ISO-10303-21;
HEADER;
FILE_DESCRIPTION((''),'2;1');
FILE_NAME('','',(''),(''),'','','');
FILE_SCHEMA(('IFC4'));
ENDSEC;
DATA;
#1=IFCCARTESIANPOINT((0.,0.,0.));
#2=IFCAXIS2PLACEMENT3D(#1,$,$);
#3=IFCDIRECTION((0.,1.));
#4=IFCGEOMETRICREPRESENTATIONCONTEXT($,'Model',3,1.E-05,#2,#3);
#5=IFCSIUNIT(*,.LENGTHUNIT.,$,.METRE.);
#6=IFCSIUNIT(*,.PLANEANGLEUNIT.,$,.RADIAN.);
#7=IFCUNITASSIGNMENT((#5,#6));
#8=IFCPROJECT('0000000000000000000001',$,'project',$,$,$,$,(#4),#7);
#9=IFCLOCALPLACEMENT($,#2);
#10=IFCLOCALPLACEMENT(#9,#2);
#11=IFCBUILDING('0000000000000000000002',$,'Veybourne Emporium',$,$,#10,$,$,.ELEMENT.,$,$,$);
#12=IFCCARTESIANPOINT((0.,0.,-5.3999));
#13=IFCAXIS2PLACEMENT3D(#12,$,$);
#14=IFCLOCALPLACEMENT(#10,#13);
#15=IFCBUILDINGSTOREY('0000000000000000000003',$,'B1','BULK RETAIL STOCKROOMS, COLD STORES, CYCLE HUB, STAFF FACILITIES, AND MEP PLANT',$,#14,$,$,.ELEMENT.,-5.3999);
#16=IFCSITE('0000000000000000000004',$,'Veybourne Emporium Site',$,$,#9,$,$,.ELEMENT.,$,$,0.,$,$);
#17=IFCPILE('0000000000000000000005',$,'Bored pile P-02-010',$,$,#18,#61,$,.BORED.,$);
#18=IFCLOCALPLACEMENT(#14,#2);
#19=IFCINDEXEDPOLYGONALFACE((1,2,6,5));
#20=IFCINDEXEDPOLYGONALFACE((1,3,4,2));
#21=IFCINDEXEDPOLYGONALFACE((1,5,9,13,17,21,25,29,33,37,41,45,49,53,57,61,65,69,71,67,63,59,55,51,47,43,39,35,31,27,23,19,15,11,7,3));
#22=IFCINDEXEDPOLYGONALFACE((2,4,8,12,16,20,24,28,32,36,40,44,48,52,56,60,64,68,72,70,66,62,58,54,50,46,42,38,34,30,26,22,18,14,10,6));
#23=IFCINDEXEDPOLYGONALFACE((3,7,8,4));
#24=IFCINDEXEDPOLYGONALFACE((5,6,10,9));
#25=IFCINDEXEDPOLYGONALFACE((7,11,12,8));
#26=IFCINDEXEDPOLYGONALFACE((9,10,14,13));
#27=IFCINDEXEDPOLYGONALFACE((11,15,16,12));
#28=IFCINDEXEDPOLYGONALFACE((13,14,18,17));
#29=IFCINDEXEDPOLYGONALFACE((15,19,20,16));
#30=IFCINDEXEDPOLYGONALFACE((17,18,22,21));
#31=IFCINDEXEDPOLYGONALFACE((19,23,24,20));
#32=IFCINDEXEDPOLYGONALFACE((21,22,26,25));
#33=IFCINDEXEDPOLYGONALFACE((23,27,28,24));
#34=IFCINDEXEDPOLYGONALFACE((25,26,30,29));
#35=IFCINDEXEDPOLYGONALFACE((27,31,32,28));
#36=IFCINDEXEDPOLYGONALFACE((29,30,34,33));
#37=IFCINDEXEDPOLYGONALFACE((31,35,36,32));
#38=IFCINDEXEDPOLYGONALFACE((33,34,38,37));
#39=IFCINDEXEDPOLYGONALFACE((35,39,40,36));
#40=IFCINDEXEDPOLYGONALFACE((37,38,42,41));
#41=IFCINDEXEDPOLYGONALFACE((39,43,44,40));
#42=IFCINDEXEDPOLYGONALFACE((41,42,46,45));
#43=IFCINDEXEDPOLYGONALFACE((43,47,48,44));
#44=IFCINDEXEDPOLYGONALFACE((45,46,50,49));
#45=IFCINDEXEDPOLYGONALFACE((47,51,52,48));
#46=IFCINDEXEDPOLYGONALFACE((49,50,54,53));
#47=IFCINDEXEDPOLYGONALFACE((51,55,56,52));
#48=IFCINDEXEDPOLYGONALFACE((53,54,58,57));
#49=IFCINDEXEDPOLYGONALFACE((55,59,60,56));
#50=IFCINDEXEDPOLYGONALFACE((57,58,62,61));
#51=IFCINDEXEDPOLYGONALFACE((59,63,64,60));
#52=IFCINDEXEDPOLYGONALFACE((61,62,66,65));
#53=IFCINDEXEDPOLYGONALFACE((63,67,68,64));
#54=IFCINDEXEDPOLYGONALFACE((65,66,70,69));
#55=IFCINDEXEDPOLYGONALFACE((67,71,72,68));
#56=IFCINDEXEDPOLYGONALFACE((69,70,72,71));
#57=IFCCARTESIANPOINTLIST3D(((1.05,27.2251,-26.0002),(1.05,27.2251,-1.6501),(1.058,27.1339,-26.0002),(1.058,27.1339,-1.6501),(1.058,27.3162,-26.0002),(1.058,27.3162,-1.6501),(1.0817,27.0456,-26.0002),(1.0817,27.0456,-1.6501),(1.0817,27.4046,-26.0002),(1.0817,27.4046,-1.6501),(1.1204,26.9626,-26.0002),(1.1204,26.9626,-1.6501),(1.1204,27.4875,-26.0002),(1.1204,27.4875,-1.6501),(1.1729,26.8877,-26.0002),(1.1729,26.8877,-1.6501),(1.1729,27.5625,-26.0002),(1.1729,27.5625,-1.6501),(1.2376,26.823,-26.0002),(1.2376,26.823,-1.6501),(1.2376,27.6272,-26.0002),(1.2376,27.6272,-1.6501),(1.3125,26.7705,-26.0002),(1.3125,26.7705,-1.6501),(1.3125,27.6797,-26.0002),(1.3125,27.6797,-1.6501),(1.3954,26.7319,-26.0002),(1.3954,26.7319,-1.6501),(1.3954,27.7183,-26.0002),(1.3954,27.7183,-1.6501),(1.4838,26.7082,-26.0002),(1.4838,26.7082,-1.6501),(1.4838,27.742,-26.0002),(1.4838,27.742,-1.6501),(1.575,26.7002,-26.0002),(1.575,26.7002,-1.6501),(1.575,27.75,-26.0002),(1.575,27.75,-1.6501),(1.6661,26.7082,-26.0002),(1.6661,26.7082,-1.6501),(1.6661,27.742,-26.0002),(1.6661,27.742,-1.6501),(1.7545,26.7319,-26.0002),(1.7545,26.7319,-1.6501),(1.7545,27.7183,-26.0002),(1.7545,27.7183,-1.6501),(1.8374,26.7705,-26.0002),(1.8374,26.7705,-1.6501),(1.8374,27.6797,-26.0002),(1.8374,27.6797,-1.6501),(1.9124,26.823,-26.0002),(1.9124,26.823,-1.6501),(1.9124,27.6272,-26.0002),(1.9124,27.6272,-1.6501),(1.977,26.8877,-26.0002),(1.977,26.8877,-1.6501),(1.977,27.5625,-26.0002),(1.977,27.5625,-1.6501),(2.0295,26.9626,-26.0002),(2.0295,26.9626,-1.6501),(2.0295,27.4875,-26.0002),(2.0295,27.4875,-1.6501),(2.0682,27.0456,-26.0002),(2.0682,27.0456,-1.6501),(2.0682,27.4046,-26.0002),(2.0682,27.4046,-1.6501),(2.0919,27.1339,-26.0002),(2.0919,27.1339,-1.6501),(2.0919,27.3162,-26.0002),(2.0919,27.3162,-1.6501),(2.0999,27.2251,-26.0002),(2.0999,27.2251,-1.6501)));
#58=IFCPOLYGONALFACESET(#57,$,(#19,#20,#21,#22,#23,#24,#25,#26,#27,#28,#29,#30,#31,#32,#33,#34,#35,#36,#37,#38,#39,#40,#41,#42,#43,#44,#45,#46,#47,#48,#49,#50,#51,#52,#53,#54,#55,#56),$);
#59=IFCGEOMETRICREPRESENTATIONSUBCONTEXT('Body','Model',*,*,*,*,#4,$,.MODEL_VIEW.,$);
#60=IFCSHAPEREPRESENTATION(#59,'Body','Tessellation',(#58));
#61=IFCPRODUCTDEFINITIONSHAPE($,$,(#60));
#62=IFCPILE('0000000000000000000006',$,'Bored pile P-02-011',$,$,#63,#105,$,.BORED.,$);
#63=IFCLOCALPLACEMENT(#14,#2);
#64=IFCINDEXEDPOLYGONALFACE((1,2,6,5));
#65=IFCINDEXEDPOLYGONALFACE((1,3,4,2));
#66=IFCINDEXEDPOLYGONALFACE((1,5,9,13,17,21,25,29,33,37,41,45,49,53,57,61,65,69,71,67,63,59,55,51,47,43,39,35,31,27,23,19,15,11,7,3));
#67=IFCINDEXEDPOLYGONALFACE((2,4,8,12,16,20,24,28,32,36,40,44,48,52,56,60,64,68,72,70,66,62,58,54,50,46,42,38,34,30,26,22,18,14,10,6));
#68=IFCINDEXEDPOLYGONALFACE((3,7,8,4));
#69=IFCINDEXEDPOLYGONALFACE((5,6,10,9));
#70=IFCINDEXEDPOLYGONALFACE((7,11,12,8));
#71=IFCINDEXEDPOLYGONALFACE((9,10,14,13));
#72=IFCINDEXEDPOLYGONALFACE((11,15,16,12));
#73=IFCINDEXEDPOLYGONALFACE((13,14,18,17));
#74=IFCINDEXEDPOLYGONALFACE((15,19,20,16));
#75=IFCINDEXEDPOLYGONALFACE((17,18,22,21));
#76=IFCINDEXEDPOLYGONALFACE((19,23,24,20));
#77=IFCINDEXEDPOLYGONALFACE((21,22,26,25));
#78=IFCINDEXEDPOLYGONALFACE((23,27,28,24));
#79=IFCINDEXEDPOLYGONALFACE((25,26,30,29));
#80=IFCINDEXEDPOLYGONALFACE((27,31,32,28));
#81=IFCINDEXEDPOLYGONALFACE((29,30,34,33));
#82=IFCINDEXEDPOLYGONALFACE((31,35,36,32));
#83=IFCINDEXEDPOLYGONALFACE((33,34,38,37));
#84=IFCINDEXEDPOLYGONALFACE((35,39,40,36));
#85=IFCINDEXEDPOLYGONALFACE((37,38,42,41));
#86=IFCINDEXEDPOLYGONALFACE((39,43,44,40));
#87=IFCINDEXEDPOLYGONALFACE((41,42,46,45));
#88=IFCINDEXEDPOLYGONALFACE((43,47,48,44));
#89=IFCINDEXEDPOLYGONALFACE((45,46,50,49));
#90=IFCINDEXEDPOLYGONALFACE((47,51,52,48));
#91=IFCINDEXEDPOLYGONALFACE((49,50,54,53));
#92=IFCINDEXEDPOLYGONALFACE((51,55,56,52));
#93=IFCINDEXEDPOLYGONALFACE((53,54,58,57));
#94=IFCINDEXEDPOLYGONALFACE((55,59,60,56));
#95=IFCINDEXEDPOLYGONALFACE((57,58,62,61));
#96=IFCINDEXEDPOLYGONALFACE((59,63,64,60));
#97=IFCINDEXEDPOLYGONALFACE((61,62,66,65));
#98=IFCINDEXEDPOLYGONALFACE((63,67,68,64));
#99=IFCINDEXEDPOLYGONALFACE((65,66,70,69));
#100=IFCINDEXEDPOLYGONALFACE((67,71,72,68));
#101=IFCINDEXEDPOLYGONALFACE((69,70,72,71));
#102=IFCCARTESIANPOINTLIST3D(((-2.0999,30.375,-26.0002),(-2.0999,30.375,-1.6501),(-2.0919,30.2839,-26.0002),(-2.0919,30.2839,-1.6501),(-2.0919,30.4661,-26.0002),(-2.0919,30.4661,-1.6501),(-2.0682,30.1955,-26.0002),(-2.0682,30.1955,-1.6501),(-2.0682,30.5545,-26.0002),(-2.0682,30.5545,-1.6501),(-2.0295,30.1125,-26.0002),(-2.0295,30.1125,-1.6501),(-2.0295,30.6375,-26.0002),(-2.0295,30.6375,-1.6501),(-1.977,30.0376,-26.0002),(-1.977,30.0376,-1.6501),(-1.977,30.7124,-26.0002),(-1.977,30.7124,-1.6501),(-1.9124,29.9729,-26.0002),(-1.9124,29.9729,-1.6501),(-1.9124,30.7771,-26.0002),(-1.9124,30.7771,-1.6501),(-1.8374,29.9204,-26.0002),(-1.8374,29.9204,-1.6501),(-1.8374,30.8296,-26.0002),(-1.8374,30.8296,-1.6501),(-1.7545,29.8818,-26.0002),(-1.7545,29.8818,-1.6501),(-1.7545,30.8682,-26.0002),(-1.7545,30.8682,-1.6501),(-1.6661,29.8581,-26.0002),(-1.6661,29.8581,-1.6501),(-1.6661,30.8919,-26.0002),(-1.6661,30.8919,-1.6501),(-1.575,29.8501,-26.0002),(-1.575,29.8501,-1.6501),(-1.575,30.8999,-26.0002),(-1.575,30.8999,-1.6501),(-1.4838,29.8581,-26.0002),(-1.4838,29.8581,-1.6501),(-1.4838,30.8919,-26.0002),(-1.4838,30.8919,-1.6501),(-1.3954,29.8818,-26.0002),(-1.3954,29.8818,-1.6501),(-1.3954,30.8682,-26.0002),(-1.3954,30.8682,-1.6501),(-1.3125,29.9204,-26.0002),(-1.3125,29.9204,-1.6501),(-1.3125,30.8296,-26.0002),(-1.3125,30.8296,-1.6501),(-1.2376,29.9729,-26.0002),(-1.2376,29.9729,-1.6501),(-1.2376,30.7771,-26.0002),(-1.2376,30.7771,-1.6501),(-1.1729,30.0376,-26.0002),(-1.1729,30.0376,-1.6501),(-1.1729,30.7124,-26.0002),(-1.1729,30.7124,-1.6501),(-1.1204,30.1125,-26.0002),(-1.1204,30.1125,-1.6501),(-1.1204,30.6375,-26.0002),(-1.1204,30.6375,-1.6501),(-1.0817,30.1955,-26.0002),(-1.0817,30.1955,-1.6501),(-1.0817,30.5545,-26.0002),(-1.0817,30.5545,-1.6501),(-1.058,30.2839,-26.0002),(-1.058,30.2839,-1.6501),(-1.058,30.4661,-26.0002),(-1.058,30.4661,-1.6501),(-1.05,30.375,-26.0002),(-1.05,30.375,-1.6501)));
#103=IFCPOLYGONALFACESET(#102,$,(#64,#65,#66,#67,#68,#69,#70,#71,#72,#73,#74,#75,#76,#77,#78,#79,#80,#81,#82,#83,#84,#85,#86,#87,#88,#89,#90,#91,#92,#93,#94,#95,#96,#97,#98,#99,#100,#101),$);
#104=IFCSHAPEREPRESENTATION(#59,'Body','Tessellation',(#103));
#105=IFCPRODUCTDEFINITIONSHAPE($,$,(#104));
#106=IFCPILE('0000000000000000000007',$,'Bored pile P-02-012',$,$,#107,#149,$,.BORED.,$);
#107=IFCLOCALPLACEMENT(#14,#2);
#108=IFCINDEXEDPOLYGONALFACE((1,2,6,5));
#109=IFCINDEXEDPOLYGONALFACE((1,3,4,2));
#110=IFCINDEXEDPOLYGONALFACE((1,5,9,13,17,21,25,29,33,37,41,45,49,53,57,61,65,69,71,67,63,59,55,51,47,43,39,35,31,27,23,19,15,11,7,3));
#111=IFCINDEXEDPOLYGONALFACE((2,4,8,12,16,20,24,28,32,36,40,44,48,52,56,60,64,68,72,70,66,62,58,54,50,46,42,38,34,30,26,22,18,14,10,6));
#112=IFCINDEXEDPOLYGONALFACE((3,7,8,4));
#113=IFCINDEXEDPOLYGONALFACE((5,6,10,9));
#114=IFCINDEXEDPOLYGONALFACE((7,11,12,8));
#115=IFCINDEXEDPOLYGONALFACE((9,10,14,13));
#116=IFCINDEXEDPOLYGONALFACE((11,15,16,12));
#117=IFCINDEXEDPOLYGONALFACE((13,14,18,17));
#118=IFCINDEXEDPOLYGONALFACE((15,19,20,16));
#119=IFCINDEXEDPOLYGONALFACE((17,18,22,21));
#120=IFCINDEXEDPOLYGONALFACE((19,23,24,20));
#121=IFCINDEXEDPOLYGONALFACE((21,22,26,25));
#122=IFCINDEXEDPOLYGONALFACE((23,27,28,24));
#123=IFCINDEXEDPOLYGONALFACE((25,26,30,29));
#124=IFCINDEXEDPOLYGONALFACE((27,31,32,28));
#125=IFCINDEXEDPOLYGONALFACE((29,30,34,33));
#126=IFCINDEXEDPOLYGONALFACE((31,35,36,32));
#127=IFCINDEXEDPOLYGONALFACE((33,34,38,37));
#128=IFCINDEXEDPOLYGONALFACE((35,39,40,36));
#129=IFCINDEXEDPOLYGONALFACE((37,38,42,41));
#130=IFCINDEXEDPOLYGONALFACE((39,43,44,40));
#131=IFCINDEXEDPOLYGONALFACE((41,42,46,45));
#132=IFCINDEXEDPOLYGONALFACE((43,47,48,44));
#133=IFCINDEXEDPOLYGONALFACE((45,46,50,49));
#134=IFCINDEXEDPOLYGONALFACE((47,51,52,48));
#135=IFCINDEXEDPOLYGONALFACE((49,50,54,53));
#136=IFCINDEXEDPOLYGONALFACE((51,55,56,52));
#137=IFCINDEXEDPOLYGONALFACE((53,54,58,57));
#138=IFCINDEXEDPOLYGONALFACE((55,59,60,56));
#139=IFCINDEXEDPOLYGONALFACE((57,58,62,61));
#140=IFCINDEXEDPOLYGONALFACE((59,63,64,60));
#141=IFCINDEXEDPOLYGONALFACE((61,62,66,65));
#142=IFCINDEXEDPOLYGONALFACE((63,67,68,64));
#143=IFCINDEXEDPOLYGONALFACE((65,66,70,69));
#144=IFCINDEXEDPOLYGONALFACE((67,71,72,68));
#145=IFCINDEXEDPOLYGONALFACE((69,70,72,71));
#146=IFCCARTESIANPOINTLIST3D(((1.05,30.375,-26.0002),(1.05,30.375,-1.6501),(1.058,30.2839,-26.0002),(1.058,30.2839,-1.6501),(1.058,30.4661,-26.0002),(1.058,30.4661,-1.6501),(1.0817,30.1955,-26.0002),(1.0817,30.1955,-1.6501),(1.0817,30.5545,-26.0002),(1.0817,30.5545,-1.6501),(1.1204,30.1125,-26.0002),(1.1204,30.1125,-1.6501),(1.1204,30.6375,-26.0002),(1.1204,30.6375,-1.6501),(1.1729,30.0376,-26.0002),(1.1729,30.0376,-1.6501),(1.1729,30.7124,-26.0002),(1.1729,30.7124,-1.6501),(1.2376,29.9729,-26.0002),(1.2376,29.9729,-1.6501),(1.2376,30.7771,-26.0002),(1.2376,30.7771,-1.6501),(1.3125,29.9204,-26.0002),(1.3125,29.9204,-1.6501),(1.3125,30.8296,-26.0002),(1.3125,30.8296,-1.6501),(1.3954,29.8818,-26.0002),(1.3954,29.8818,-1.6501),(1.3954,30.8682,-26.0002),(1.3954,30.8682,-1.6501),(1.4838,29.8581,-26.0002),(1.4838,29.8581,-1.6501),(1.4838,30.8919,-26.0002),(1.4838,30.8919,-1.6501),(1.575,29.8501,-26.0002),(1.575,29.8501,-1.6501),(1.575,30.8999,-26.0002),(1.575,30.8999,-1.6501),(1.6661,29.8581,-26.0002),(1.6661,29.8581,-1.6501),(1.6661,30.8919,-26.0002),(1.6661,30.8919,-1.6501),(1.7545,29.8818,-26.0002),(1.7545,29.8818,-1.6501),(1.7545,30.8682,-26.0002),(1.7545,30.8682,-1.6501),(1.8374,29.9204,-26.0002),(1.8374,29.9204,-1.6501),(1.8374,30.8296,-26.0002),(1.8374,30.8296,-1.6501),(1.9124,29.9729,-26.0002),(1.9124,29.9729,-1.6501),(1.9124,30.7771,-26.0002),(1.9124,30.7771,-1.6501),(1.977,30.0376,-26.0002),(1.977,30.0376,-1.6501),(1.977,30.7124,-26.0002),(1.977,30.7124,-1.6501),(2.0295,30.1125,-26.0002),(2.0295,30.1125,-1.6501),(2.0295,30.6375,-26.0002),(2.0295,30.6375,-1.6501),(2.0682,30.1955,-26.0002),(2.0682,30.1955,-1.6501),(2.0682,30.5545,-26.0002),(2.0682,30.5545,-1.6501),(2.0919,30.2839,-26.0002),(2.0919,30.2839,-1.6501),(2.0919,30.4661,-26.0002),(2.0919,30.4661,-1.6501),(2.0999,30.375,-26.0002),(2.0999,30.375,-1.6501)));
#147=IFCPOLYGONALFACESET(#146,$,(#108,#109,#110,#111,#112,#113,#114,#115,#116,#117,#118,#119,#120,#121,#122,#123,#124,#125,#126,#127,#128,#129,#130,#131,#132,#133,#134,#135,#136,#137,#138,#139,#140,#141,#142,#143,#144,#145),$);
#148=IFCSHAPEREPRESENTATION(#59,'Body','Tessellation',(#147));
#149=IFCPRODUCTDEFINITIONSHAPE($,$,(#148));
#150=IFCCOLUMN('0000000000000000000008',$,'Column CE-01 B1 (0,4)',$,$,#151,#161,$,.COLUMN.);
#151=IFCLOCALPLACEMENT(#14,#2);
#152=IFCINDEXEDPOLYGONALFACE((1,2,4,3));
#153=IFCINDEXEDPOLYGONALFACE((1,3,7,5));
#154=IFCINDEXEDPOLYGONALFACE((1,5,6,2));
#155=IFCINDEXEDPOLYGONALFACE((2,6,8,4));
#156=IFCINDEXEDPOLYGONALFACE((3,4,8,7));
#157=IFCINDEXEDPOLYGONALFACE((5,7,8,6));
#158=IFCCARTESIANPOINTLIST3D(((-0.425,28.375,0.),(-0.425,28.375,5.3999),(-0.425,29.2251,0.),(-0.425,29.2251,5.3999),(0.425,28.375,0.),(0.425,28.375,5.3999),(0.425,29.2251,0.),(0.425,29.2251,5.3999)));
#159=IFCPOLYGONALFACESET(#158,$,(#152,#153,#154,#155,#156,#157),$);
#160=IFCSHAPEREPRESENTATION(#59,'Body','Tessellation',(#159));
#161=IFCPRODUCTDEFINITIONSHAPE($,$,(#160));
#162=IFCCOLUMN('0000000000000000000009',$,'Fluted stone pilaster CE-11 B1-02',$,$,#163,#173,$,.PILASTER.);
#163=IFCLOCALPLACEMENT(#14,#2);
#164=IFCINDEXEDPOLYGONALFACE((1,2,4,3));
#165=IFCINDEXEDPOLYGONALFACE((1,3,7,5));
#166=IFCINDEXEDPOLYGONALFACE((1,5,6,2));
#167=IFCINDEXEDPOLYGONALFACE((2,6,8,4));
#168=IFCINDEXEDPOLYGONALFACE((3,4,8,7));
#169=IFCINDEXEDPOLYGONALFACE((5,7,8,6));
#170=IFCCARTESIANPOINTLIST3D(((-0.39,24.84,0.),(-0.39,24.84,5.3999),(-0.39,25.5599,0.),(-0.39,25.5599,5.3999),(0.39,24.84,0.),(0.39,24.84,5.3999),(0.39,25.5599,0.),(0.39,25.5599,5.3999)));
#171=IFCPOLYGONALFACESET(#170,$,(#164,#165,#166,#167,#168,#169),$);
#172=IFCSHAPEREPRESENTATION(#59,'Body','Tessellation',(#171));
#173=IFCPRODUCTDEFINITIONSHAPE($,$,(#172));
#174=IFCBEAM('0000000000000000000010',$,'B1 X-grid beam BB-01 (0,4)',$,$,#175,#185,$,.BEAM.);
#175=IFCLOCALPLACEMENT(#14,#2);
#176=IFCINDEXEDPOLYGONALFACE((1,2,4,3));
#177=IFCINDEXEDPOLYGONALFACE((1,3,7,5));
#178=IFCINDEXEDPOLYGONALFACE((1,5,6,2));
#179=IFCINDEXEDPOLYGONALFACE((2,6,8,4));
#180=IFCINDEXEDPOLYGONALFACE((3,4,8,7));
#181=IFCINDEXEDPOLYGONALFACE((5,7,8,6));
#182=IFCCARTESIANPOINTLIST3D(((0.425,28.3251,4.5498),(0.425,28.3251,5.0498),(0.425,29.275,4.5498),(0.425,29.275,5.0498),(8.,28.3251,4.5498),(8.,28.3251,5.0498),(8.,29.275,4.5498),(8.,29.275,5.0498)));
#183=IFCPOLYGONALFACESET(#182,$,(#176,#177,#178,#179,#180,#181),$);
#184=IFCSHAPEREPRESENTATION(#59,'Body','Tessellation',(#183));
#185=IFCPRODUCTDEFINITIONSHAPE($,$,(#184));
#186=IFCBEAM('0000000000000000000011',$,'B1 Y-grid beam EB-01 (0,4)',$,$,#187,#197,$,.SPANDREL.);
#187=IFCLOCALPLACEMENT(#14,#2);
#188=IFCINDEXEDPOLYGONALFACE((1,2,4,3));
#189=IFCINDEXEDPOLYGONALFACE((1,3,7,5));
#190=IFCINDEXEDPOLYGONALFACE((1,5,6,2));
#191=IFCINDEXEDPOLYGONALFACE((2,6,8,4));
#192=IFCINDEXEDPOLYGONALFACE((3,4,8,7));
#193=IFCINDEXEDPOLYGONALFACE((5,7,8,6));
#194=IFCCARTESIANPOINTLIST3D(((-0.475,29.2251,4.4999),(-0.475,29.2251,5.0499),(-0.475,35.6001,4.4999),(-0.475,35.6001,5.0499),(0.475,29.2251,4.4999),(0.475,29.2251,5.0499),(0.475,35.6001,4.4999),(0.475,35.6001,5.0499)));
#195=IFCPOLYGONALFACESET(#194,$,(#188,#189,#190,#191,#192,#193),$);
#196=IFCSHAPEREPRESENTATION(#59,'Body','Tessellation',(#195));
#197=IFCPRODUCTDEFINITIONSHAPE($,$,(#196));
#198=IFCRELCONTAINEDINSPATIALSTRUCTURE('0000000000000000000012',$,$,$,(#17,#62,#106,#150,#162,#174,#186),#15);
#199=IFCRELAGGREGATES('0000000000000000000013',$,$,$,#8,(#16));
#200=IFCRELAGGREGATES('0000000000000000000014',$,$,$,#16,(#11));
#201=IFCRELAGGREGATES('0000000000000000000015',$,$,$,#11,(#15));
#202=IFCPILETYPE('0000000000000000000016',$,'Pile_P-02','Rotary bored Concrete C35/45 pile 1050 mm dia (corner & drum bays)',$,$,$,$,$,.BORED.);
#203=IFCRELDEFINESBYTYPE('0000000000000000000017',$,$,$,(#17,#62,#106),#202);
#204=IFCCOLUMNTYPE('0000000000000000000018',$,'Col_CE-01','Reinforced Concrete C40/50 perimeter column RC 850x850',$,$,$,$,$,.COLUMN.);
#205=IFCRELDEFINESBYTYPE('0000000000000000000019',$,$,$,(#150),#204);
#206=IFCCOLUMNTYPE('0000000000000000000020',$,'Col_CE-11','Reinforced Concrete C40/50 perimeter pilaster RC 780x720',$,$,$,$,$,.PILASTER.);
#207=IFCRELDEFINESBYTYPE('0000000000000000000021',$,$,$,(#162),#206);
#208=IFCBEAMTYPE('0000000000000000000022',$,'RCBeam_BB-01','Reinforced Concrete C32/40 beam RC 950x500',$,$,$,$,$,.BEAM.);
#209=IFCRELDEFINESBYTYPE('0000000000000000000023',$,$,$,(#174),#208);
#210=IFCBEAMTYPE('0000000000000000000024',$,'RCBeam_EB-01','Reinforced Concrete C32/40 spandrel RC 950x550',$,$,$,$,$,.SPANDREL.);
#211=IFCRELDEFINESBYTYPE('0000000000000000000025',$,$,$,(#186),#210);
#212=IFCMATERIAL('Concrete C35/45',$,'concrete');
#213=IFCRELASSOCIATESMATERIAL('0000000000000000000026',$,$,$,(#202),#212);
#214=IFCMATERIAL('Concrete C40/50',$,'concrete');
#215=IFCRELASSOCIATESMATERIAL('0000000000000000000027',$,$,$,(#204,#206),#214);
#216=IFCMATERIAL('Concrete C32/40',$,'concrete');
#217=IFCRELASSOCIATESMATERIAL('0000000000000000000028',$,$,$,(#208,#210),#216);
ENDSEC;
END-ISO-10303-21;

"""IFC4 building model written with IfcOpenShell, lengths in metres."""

from ifc_helpers import new_model, si_unit, direction, frame, origin, origin_2d, place, context, subcontext, project, spatial, rectangle, circle, extrude, material, material_profile, profile_set, type_object, element, save


model = new_model("IFC4")

# Units and contexts
model_context = context("Model", 3, precision=1e-05, world=origin(), true_north=direction((0.0, 1.0)))
body_context = subcontext(model_context, "Body", "Model", "MODEL_VIEW")
ifc_project = project(units=[si_unit("LENGTHUNIT", "METRE"), si_unit("PLANEANGLEUNIT", "RADIAN")], contexts=[model_context])

# Site, building, storey
site_placement = place(None, origin())
site = spatial("IfcSite", under=ifc_project, at=site_placement, Name="Veybourne Emporium Site", CompositionType="ELEMENT", RefElevation=0.0)
building_placement = place(site_placement, origin())
building = spatial("IfcBuilding", under=site, at=building_placement, Name="Veybourne Emporium", CompositionType="ELEMENT")
storey_placement = place(building_placement, frame((0.0, 0.0, -5.3999)))
storey = spatial("IfcBuildingStorey", under=building, at=storey_placement, Name="B1", Description="BULK RETAIL STOCKROOMS, COLD STORES, CYCLE HUB, STAFF FACILITIES, AND MEP PLANT", CompositionType="ELEMENT", Elevation=-5.3999)

# Shared definitions
ifc_material_1 = material(Name="Concrete C35/45", Category="concrete")

# Piles
ifc_material_profile_1 = material_profile(ifc_material_1, circle(Radius=0.5249, at=origin_2d()), Name="BORED PILE 1050")
ifc_profile_set_1 = profile_set([ifc_material_profile_1], Name="Concrete C35/45")
pile_type = type_object("IfcPileType", Name="Pile_P-02", Description="Rotary bored Concrete C35/45 pile 1050 mm dia (corner & drum bays)", PredefinedType="BORED", material=ifc_profile_set_1)
for number, where, z_axis, x_axis, name in (
    (1, (1.575, 27.2251, -1.6501), (0.0, 0.0, -1.0), (1.0, 0.0, 0.0), "Bored pile P-02-010"),
    (2, (-1.575, 30.375, -1.6501), (0.0, 0.0, -1.0), (1.0, 0.0, 0.0), "Bored pile P-02-011"),
    (3, (1.575, 30.375, -1.6501), (0.0, 0.0, -1.0), (1.0, 0.0, 0.0), "Bored pile P-02-012"),
):
    element("IfcPile", number, at=place(storey_placement, frame(where, z_axis=z_axis, x_axis=x_axis)), inside=storey, type_object=pile_type, Name=name, PredefinedType="BORED", context=body_context, shape_type="SweptSolid", body=[
        extrude(circle(Radius=0.5249, at=origin_2d()), origin(), (0.0, 0.0, 1.0), 24.3501),
    ])

# Columns
ifc_material_2 = material(Name="Concrete C40/50", Category="concrete")
ifc_material_profile_2 = material_profile(ifc_material_2, rectangle(XDim=0.8501, YDim=0.8501, at=origin_2d()), Name="RC 850x850")
ifc_profile_set_2 = profile_set([ifc_material_profile_2], Name="Concrete C40/50")
column_type_1 = type_object("IfcColumnType", Name="Col_CE-01", Description="Reinforced Concrete C40/50 perimeter column RC 850x850", PredefinedType="COLUMN", material=ifc_profile_set_2)
column_1_placement = place(storey_placement, frame((0.0, 28.8, 0.0), z_axis=(0.0, 0.0, 1.0), x_axis=(1.0, 0.0, 0.0)))
element("IfcColumn", 4, at=column_1_placement, inside=storey, type_object=column_type_1, Name="Column CE-01 B1 (0,4)", PredefinedType="COLUMN", context=body_context, shape_type="SweptSolid", body=[
    extrude(rectangle(XDim=0.8501, YDim=0.8501, at=origin_2d()), origin(), (0.0, 0.0, 1.0), 5.3999),
])
ifc_material_profile_3 = material_profile(ifc_material_2, rectangle(XDim=0.78, YDim=0.72, at=origin_2d()), Name="RC 780x720")
ifc_profile_set_3 = profile_set([ifc_material_profile_3], Name="Concrete C40/50")
column_type_2 = type_object("IfcColumnType", Name="Col_CE-11", Description="Reinforced Concrete C40/50 perimeter pilaster RC 780x720", PredefinedType="PILASTER", material=ifc_profile_set_3)
column_2_placement = place(storey_placement, frame((0.0, 25.2, 0.0), z_axis=(0.0, 0.0, 1.0), x_axis=(1.0, 0.0, 0.0)))
element("IfcColumn", 5, at=column_2_placement, inside=storey, type_object=column_type_2, Name="Fluted stone pilaster CE-11 B1-02", PredefinedType="PILASTER", context=body_context, shape_type="SweptSolid", body=[
    extrude(rectangle(XDim=0.78, YDim=0.72, at=origin_2d()), origin(), (0.0, 0.0, 1.0), 5.3999),
])

# Beams
ifc_material_3 = material(Name="Concrete C32/40", Category="concrete")
ifc_material_profile_4 = material_profile(ifc_material_3, rectangle(XDim=0.95, YDim=0.5, at=origin_2d()), Name="RC 950x500")
ifc_profile_set_4 = profile_set([ifc_material_profile_4], Name="Concrete C32/40")
beam_type_1 = type_object("IfcBeamType", Name="RCBeam_BB-01", Description="Reinforced Concrete C32/40 beam RC 950x500", PredefinedType="BEAM", material=ifc_profile_set_4)
beam_1_placement = place(storey_placement, frame((0.425, 28.8, 4.7998), z_axis=(1.0, 0.0, 0.0), x_axis=(0.0, 1.0, 0.0)))
element("IfcBeam", 6, at=beam_1_placement, inside=storey, type_object=beam_type_1, Name="B1 X-grid beam BB-01 (0,4)", PredefinedType="BEAM", context=body_context, shape_type="SweptSolid", body=[
    extrude(rectangle(XDim=0.95, YDim=0.5, at=origin_2d()), origin(), (0.0, 0.0, 1.0), 7.575),
])
ifc_material_profile_5 = material_profile(ifc_material_3, rectangle(XDim=0.95, YDim=0.55, at=origin_2d()), Name="RC 950x550")
ifc_profile_set_5 = profile_set([ifc_material_profile_5], Name="Concrete C32/40")
beam_type_2 = type_object("IfcBeamType", Name="RCBeam_EB-01", Description="Reinforced Concrete C32/40 spandrel RC 950x550", PredefinedType="SPANDREL", material=ifc_profile_set_5)
beam_2_placement = place(storey_placement, frame((0.0, 29.2251, 4.7749), z_axis=(0.0, 1.0, 0.0), x_axis=(-1.0, 0.0, 0.0)))
element("IfcBeam", 7, at=beam_2_placement, inside=storey, type_object=beam_type_2, Name="B1 Y-grid beam EB-01 (0,4)", PredefinedType="SPANDREL", context=body_context, shape_type="SweptSolid", body=[
    extrude(rectangle(XDim=0.95, YDim=0.55, at=origin_2d()), origin(), (0.0, 0.0, 1.0), 6.375),
])

save(model, "model.ifc")
